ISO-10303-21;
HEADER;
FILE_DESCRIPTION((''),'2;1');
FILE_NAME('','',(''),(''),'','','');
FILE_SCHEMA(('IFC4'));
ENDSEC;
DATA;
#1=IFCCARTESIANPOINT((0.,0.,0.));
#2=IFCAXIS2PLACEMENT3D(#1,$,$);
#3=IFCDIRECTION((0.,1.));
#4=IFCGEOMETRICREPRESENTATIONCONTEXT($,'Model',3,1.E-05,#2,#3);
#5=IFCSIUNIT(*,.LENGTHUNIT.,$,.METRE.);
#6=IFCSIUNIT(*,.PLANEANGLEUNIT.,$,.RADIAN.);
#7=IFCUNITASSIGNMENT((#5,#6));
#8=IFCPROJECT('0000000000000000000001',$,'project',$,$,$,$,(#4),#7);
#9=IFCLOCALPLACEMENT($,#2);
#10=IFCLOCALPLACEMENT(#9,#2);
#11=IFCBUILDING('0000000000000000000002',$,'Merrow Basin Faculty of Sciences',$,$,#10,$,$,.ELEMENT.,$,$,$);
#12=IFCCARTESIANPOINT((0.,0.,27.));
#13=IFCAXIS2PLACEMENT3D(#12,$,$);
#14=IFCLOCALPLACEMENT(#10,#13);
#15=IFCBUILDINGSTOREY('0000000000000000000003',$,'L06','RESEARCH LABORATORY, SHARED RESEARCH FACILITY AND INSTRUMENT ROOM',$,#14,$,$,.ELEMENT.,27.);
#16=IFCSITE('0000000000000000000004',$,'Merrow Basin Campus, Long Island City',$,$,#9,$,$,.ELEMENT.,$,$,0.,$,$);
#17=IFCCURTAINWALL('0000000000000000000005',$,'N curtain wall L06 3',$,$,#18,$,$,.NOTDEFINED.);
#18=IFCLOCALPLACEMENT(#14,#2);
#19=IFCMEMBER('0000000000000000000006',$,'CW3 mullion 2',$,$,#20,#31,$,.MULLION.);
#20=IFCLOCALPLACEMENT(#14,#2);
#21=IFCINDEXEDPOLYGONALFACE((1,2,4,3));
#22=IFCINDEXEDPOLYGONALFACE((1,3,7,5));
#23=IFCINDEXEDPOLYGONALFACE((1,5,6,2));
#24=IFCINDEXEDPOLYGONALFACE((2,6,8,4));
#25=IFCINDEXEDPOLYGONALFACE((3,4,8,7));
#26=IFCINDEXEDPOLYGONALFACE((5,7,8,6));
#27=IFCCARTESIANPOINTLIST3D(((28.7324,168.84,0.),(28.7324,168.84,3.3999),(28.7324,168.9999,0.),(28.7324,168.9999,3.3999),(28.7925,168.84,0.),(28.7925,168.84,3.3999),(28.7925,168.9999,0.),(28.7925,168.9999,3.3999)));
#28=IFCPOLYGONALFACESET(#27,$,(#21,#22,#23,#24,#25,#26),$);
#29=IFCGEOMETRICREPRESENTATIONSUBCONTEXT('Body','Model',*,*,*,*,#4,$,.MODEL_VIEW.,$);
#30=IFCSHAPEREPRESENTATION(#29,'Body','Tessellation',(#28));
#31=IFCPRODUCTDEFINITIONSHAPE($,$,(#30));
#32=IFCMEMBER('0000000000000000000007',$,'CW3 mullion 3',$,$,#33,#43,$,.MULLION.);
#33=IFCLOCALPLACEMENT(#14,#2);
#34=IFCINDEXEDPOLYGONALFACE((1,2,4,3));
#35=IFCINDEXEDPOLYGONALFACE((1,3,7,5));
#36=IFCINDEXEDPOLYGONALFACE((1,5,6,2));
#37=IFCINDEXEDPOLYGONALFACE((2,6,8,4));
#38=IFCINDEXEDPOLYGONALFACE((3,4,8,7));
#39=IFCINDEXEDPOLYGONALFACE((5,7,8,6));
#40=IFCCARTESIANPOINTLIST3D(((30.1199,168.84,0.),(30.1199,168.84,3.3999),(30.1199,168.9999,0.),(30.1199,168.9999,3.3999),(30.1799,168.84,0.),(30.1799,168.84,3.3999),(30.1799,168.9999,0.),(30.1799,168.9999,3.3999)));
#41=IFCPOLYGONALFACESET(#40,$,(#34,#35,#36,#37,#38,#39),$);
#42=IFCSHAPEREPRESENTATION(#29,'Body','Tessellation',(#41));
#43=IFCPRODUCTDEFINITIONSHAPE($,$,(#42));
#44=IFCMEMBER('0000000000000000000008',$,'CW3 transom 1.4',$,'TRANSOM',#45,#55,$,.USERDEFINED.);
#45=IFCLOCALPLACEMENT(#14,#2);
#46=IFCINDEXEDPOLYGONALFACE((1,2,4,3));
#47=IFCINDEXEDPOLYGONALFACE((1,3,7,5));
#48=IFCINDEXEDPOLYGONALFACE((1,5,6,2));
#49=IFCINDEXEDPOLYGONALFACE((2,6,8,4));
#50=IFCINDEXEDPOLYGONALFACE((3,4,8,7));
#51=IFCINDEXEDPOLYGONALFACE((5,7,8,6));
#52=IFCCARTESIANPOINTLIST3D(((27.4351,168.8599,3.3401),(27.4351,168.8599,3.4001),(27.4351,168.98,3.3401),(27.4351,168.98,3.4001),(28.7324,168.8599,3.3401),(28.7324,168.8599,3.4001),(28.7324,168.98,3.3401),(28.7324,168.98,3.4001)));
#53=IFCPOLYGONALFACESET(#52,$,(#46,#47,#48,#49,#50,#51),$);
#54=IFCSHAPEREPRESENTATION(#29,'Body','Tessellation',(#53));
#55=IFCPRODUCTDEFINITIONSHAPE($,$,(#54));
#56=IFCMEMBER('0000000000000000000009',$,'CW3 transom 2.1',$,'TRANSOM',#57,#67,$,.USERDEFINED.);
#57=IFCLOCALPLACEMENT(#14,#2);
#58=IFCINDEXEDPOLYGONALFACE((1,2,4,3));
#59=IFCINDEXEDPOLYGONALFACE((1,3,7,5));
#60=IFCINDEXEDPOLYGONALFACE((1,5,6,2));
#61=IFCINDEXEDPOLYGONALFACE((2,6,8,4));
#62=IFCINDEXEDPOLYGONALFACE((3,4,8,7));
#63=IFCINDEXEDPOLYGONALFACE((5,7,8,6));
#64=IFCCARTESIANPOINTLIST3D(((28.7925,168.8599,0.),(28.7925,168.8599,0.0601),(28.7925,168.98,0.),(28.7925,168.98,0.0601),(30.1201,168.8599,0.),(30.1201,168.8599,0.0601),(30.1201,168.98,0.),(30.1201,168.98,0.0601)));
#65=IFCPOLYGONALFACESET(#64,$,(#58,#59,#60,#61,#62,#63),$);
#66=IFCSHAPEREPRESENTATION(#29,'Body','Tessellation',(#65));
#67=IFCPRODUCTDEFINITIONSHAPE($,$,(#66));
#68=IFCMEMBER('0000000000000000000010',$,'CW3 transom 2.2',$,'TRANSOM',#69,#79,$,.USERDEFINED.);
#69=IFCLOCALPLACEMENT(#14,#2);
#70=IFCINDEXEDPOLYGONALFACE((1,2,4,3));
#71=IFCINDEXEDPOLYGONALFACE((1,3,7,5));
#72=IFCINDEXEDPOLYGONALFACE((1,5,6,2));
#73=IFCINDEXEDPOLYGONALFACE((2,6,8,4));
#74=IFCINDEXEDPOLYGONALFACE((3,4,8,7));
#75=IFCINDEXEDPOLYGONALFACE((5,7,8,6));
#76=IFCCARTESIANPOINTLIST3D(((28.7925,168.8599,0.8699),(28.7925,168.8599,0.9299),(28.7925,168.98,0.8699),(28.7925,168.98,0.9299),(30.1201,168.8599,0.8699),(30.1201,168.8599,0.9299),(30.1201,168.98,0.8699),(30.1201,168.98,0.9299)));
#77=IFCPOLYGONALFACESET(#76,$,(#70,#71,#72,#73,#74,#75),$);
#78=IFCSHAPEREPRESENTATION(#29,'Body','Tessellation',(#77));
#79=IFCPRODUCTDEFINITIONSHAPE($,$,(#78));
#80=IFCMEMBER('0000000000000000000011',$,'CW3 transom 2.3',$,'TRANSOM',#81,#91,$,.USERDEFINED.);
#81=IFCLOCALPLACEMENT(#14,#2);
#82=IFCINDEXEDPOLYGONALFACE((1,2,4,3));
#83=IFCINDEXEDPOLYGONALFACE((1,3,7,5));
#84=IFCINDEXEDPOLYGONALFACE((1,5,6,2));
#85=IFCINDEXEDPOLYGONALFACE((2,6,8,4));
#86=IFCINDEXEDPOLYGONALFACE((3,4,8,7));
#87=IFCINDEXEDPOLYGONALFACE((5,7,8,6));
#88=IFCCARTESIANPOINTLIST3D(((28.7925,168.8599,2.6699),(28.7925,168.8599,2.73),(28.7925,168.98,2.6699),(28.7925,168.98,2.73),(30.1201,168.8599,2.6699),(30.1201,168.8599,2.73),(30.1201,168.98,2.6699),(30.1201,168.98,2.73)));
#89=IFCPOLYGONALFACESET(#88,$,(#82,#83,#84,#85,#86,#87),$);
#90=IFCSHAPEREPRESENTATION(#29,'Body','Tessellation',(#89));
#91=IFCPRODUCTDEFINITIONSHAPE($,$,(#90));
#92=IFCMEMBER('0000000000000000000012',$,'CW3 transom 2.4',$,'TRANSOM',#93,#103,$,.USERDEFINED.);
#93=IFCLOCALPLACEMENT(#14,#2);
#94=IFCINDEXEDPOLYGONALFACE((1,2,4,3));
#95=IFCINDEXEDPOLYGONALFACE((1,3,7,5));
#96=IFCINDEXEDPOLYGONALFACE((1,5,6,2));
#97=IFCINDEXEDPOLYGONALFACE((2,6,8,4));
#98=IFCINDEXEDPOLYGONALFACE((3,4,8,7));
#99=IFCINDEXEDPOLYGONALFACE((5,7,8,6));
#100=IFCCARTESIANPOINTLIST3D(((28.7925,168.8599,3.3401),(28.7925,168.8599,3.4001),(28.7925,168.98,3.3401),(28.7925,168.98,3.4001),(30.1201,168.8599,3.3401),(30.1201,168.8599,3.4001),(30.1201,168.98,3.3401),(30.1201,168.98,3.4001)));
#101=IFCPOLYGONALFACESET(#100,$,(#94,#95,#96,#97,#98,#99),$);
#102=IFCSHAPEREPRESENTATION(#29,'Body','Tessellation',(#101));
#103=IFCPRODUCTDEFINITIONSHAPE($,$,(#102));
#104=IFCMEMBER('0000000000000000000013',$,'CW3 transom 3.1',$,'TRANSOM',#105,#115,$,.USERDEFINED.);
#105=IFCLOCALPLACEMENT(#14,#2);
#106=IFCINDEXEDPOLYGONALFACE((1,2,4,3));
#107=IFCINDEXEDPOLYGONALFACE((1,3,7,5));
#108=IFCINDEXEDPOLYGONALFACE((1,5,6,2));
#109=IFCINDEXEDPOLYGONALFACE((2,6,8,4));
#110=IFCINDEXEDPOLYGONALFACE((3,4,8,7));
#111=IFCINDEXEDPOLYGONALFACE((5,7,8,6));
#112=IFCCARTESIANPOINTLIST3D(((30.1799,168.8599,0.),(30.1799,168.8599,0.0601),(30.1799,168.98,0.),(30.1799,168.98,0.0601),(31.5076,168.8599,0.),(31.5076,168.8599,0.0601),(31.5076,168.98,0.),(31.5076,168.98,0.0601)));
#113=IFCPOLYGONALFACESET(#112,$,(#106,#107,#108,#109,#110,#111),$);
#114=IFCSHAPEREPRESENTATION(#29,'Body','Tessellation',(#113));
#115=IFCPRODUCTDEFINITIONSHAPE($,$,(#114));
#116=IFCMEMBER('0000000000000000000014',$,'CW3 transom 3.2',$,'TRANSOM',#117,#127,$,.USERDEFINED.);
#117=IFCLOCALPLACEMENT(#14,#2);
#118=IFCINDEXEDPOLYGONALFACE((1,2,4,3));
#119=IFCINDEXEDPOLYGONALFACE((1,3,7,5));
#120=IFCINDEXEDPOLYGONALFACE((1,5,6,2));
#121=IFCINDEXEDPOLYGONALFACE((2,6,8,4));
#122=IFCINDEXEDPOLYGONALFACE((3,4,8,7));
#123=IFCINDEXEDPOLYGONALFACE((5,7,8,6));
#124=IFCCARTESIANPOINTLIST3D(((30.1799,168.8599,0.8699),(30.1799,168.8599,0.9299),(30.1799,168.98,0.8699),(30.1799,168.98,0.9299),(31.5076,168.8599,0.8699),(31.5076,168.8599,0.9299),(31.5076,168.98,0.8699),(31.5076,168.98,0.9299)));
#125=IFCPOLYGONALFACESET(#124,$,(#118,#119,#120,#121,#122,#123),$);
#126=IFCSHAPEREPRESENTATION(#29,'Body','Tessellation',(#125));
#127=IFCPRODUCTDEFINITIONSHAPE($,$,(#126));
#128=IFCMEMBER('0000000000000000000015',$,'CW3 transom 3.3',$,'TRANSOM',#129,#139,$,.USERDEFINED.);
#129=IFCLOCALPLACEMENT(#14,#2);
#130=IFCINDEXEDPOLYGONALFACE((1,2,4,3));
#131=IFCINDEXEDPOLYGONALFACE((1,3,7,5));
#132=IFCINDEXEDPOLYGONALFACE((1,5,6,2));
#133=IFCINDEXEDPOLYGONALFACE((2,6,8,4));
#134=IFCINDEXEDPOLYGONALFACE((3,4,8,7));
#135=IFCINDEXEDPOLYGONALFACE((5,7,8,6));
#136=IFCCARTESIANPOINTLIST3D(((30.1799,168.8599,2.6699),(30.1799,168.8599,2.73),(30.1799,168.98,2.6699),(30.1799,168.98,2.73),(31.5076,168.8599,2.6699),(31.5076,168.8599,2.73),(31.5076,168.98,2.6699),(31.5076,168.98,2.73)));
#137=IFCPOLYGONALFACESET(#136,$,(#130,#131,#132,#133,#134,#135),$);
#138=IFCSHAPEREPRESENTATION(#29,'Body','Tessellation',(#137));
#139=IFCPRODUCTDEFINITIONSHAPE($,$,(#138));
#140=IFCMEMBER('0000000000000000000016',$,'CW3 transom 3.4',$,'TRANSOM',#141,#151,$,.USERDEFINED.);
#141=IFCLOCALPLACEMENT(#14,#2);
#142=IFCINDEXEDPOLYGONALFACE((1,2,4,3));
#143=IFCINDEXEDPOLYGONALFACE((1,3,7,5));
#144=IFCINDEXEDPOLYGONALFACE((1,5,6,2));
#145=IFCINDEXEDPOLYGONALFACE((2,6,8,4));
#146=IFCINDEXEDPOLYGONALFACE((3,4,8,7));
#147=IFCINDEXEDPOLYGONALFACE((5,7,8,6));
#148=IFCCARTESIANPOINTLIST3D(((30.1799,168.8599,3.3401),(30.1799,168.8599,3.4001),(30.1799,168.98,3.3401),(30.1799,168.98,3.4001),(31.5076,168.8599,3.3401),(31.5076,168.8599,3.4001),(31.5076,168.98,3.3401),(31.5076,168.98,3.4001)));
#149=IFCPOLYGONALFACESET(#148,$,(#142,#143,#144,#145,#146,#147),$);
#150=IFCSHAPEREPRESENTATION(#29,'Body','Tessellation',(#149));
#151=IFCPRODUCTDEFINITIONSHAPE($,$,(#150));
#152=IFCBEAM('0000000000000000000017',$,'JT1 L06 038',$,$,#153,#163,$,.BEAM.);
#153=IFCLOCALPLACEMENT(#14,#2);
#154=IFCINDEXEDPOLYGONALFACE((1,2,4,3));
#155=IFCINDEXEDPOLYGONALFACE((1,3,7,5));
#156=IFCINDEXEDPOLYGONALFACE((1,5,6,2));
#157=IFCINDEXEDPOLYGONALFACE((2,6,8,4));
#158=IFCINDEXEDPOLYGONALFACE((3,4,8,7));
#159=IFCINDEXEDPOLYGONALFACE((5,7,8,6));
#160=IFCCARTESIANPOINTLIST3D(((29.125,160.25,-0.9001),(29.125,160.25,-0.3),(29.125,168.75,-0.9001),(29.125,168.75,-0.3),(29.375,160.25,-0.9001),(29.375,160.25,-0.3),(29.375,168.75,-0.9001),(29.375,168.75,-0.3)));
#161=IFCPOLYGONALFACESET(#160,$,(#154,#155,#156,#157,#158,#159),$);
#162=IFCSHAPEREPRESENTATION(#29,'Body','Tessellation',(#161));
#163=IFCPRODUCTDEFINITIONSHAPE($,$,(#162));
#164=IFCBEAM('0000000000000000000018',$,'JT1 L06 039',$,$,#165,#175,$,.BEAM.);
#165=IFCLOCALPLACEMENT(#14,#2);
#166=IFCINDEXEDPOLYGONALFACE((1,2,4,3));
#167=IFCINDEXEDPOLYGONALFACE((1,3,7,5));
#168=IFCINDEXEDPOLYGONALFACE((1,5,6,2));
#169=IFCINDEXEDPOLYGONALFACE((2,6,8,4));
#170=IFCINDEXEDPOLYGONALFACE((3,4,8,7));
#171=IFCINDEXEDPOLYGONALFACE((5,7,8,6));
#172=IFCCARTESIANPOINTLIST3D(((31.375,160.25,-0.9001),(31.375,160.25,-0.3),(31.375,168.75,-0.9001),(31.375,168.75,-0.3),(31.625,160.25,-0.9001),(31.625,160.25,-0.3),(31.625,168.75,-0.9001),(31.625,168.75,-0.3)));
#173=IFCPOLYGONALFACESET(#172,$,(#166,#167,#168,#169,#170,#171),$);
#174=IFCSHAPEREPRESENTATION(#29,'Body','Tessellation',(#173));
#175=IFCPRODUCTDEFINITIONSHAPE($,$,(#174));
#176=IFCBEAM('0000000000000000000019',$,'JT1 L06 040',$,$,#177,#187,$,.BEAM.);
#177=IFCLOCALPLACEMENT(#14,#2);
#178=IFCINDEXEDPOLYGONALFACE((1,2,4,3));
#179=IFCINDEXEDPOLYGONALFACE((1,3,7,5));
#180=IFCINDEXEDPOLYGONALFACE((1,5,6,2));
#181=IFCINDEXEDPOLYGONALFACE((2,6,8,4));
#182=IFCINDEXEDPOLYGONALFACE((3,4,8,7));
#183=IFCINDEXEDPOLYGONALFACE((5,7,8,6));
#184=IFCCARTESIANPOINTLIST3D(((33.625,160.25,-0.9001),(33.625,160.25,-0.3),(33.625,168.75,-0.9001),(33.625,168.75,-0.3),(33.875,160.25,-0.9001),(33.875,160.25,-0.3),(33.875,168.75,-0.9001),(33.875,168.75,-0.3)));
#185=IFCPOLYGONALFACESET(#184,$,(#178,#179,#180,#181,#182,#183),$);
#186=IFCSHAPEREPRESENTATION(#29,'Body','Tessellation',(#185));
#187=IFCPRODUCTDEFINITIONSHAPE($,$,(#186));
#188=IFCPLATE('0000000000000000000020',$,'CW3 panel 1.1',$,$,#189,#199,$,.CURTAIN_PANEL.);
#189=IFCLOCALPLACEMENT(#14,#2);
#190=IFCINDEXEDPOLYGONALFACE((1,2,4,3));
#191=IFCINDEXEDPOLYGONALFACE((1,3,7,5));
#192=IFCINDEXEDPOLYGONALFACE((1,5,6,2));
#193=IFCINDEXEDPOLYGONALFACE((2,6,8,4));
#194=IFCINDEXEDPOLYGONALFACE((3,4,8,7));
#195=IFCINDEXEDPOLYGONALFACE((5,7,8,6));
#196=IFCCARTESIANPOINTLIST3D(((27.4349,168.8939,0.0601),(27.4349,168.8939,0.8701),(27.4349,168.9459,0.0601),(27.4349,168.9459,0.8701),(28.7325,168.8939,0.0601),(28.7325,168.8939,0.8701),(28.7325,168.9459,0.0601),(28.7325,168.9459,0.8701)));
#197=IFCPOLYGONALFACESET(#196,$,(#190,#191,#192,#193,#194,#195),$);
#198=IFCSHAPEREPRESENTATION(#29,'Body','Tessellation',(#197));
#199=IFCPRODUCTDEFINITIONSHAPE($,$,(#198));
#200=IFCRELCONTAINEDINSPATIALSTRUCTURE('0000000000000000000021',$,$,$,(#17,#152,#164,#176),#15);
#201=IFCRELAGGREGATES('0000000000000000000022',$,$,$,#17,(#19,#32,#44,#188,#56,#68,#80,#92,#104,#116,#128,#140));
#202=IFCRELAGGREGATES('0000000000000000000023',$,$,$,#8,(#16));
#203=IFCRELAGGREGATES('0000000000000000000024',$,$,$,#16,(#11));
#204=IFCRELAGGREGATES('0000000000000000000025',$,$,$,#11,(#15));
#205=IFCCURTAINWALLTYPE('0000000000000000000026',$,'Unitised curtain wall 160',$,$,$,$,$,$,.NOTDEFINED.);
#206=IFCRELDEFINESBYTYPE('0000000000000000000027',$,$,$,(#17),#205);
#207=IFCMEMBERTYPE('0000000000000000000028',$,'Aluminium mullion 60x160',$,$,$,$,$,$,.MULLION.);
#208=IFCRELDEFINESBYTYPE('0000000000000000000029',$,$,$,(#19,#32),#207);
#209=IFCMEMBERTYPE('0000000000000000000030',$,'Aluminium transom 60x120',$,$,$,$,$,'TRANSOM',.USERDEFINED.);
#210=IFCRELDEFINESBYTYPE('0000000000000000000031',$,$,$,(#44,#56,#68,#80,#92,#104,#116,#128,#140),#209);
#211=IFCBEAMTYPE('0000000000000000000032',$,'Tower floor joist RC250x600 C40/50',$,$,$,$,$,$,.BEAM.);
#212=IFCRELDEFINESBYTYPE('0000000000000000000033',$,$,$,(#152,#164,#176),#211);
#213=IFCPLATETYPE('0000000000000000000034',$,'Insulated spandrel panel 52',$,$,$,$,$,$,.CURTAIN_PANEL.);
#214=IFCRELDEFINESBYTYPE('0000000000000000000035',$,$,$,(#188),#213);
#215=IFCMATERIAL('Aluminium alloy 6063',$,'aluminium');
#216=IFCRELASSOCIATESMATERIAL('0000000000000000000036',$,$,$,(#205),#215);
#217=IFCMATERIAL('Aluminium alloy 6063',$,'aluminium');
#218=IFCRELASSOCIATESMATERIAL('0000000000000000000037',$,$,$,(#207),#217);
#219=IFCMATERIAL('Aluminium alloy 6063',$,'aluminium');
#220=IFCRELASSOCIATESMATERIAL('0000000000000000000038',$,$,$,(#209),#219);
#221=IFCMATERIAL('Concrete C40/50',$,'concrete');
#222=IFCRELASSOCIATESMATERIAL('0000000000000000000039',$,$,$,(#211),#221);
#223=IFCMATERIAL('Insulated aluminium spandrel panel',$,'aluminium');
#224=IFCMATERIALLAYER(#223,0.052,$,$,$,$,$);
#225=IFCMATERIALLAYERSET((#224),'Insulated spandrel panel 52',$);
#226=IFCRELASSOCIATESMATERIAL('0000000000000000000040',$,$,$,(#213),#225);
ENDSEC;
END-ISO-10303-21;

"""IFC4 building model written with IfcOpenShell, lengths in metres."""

from ifc_helpers import new_model, si_unit, direction, frame, origin, origin_2d, place, context, subcontext, project, spatial, rectangle, extrude, material, layer, layer_set, material_profile, profile_set, type_object, element, aggregate, save


model = new_model("IFC4")

# Units and contexts
model_context = context("Model", 3, precision=1e-05, world=origin(), true_north=direction((0.0, 1.0)))
body_context = subcontext(model_context, "Body", "Model", "MODEL_VIEW")
ifc_project = project(units=[si_unit("LENGTHUNIT", "METRE"), si_unit("PLANEANGLEUNIT", "RADIAN")], contexts=[model_context])

# Site, building, storey
site_placement = place(None, origin())
site = spatial("IfcSite", under=ifc_project, at=site_placement, Name="Merrow Basin Campus, Long Island City", CompositionType="ELEMENT", RefElevation=0.0)
building_placement = place(site_placement, origin())
building = spatial("IfcBuilding", under=site, at=building_placement, Name="Merrow Basin Faculty of Sciences", CompositionType="ELEMENT")
storey_placement = place(building_placement, frame((0.0, 0.0, 27.0)))
storey = spatial("IfcBuildingStorey", under=building, at=storey_placement, Name="L06", Description="RESEARCH LABORATORY, SHARED RESEARCH FACILITY AND INSTRUMENT ROOM", CompositionType="ELEMENT", Elevation=27.0)

# Curtain wall, members
ifc_material_1 = material(Name="Aluminium alloy 6063", Category="aluminium")
curtain_wall_type = type_object("IfcCurtainWallType", Name="Unitised curtain wall 160", PredefinedType="NOTDEFINED", material=ifc_material_1)
curtain_wall_placement = place(storey_placement, origin())
curtain_wall = element("IfcCurtainWall", 1, at=curtain_wall_placement, inside=storey, type_object=curtain_wall_type, Name="N curtain wall L06 3", PredefinedType="NOTDEFINED")
ifc_material_2 = material(Name="Aluminium alloy 6063", Category="aluminium")
ifc_material_profile_1 = material_profile(ifc_material_2, rectangle(XDim=0.1599, YDim=0.0601, at=origin_2d()))
ifc_profile_set_1 = profile_set([ifc_material_profile_1], Name="Aluminium alloy 6063")
member_type_1 = type_object("IfcMemberType", Name="Aluminium mullion 60x160", PredefinedType="MULLION", material=ifc_profile_set_1)
member_1_placement = place(storey_placement, frame((28.7625, 168.9199, 0.0), z_axis=(0.0, 0.0, 1.0), x_axis=(0.0, 1.0, 0.0)))
member_1 = element("IfcMember", 2, at=member_1_placement, type_object=member_type_1, Name="CW3 mullion 2", PredefinedType="MULLION", context=body_context, shape_type="SweptSolid", body=[
    extrude(rectangle(XDim=0.1599, YDim=0.0601, at=origin_2d()), origin(), (0.0, 0.0, 1.0), 3.3999),
])
member_2_placement = place(storey_placement, frame((30.1499, 168.9199, 0.0), z_axis=(0.0, 0.0, 1.0), x_axis=(0.0, 1.0, 0.0)))
member_2 = element("IfcMember", 3, at=member_2_placement, type_object=member_type_1, Name="CW3 mullion 3", PredefinedType="MULLION", context=body_context, shape_type="SweptSolid", body=[
    extrude(rectangle(XDim=0.1599, YDim=0.0601, at=origin_2d()), origin(), (0.0, 0.0, 1.0), 3.3999),
])
ifc_material_3 = material(Name="Aluminium alloy 6063", Category="aluminium")
ifc_material_profile_2 = material_profile(ifc_material_3, rectangle(XDim=0.1201, YDim=0.0601, at=origin_2d()))
ifc_profile_set_2 = profile_set([ifc_material_profile_2], Name="Aluminium alloy 6063")
member_type_2 = type_object("IfcMemberType", Name="Aluminium transom 60x120", ElementType="TRANSOM", PredefinedType="USERDEFINED", material=ifc_profile_set_2)
member_3_placement = place(storey_placement, frame((27.4351, 168.9199, 3.3701), z_axis=(1.0, 0.0, 0.0), x_axis=(0.0, 1.0, 0.0)))
member_3 = element("IfcMember", 4, at=member_3_placement, type_object=member_type_2, Name="CW3 transom 1.4", ObjectType="TRANSOM", PredefinedType="USERDEFINED", context=body_context, shape_type="SweptSolid", body=[
    extrude(rectangle(XDim=0.1201, YDim=0.0601, at=origin_2d()), origin(), (0.0, 0.0, 1.0), 1.2974),
])
member_4_placement = place(storey_placement, frame((28.7925, 168.9199, 0.03), z_axis=(1.0, 0.0, 0.0), x_axis=(0.0, 1.0, 0.0)))
member_4 = element("IfcMember", 5, at=member_4_placement, type_object=member_type_2, Name="CW3 transom 2.1", ObjectType="TRANSOM", PredefinedType="USERDEFINED", context=body_context, shape_type="SweptSolid", body=[
    extrude(rectangle(XDim=0.1201, YDim=0.0601, at=origin_2d()), origin(), (0.0, 0.0, 1.0), 1.3276),
])
member_5_placement = place(storey_placement, frame((28.7925, 168.9199, 0.8999), z_axis=(1.0, 0.0, 0.0), x_axis=(0.0, 1.0, 0.0)))
member_5 = element("IfcMember", 6, at=member_5_placement, type_object=member_type_2, Name="CW3 transom 2.2", ObjectType="TRANSOM", PredefinedType="USERDEFINED", context=body_context, shape_type="SweptSolid", body=[
    extrude(rectangle(XDim=0.1201, YDim=0.0601, at=origin_2d()), origin(), (0.0, 0.0, 1.0), 1.3276),
])
member_6_placement = place(storey_placement, frame((28.7925, 168.9199, 2.7), z_axis=(1.0, 0.0, 0.0), x_axis=(0.0, 1.0, 0.0)))
member_6 = element("IfcMember", 7, at=member_6_placement, type_object=member_type_2, Name="CW3 transom 2.3", ObjectType="TRANSOM", PredefinedType="USERDEFINED", context=body_context, shape_type="SweptSolid", body=[
    extrude(rectangle(XDim=0.1201, YDim=0.0601, at=origin_2d()), origin(), (0.0, 0.0, 1.0), 1.3276),
])
member_7_placement = place(storey_placement, frame((28.7925, 168.9199, 3.3701), z_axis=(1.0, 0.0, 0.0), x_axis=(0.0, 1.0, 0.0)))
member_7 = element("IfcMember", 8, at=member_7_placement, type_object=member_type_2, Name="CW3 transom 2.4", ObjectType="TRANSOM", PredefinedType="USERDEFINED", context=body_context, shape_type="SweptSolid", body=[
    extrude(rectangle(XDim=0.1201, YDim=0.0601, at=origin_2d()), origin(), (0.0, 0.0, 1.0), 1.3276),
])
member_8_placement = place(storey_placement, frame((30.1799, 168.9199, 0.03), z_axis=(1.0, 0.0, 0.0), x_axis=(0.0, 1.0, 0.0)))
member_8 = element("IfcMember", 9, at=member_8_placement, type_object=member_type_2, Name="CW3 transom 3.1", ObjectType="TRANSOM", PredefinedType="USERDEFINED", context=body_context, shape_type="SweptSolid", body=[
    extrude(rectangle(XDim=0.1201, YDim=0.0601, at=origin_2d()), origin(), (0.0, 0.0, 1.0), 1.3276),
])
member_9_placement = place(storey_placement, frame((30.1799, 168.9199, 0.8999), z_axis=(1.0, 0.0, 0.0), x_axis=(0.0, 1.0, 0.0)))
member_9 = element("IfcMember", 10, at=member_9_placement, type_object=member_type_2, Name="CW3 transom 3.2", ObjectType="TRANSOM", PredefinedType="USERDEFINED", context=body_context, shape_type="SweptSolid", body=[
    extrude(rectangle(XDim=0.1201, YDim=0.0601, at=origin_2d()), origin(), (0.0, 0.0, 1.0), 1.3276),
])
member_10_placement = place(storey_placement, frame((30.1799, 168.9199, 2.7), z_axis=(1.0, 0.0, 0.0), x_axis=(0.0, 1.0, 0.0)))
member_10 = element("IfcMember", 11, at=member_10_placement, type_object=member_type_2, Name="CW3 transom 3.3", ObjectType="TRANSOM", PredefinedType="USERDEFINED", context=body_context, shape_type="SweptSolid", body=[
    extrude(rectangle(XDim=0.1201, YDim=0.0601, at=origin_2d()), origin(), (0.0, 0.0, 1.0), 1.3276),
])
member_11_placement = place(storey_placement, frame((30.1799, 168.9199, 3.3701), z_axis=(1.0, 0.0, 0.0), x_axis=(0.0, 1.0, 0.0)))
member_11 = element("IfcMember", 12, at=member_11_placement, type_object=member_type_2, Name="CW3 transom 3.4", ObjectType="TRANSOM", PredefinedType="USERDEFINED", context=body_context, shape_type="SweptSolid", body=[
    extrude(rectangle(XDim=0.1201, YDim=0.0601, at=origin_2d()), origin(), (0.0, 0.0, 1.0), 1.3276),
])

# Beams
ifc_material_4 = material(Name="Concrete C40/50", Category="concrete")
ifc_material_profile_3 = material_profile(ifc_material_4, rectangle(XDim=0.25, YDim=0.6001, at=origin_2d()))
ifc_profile_set_3 = profile_set([ifc_material_profile_3], Name="Concrete C40/50")
beam_type = type_object("IfcBeamType", Name="Tower floor joist RC250x600 C40/50", PredefinedType="BEAM", material=ifc_profile_set_3)
for number, where, z_axis, x_axis, name in (
    (13, (29.25, 160.25, -0.6001), (0.0, 1.0, 0.0), (-1.0, 0.0, 0.0), "JT1 L06 038"),
    (14, (31.5, 160.25, -0.6001), (0.0, 1.0, 0.0), (-1.0, 0.0, 0.0), "JT1 L06 039"),
    (15, (33.75, 160.25, -0.6001), (0.0, 1.0, 0.0), (-1.0, 0.0, 0.0), "JT1 L06 040"),
):
    element("IfcBeam", number, at=place(storey_placement, frame(where, z_axis=z_axis, x_axis=x_axis)), inside=storey, type_object=beam_type, Name=name, PredefinedType="BEAM", context=body_context, shape_type="SweptSolid", body=[
        extrude(rectangle(XDim=0.25, YDim=0.6001, at=origin_2d()), origin(), (0.0, 0.0, 1.0), 8.5),
    ])

# Plate
ifc_material_5 = material(Name="Insulated aluminium spandrel panel", Category="aluminium")
ifc_layer_1 = layer(ifc_material_5, 0.052)
ifc_layer_set_1 = layer_set([ifc_layer_1], Name="Insulated spandrel panel 52")
plate_type_1 = type_object("IfcPlateType", Name="Insulated spandrel panel 52", PredefinedType="CURTAIN_PANEL", material=ifc_layer_set_1)
plate_1_placement = place(storey_placement, frame((28.0837, 168.9199, 0.0601), z_axis=(0.0, 0.0, 1.0), x_axis=(1.0, 0.0, 0.0)))
plate_1 = element("IfcPlate", 16, at=plate_1_placement, type_object=plate_type_1, Name="CW3 panel 1.1", PredefinedType="CURTAIN_PANEL", context=body_context, shape_type="SweptSolid", body=[
    extrude(rectangle(XDim=1.2976, YDim=0.052, at=origin_2d()), origin(), (0.0, 0.0, 1.0), 0.8101),
])
aggregate(curtain_wall, [member_1, member_2, member_3, plate_1, member_4, member_5, member_6, member_7, member_8, member_9, member_10, member_11])

save(model, "model.ifc")
